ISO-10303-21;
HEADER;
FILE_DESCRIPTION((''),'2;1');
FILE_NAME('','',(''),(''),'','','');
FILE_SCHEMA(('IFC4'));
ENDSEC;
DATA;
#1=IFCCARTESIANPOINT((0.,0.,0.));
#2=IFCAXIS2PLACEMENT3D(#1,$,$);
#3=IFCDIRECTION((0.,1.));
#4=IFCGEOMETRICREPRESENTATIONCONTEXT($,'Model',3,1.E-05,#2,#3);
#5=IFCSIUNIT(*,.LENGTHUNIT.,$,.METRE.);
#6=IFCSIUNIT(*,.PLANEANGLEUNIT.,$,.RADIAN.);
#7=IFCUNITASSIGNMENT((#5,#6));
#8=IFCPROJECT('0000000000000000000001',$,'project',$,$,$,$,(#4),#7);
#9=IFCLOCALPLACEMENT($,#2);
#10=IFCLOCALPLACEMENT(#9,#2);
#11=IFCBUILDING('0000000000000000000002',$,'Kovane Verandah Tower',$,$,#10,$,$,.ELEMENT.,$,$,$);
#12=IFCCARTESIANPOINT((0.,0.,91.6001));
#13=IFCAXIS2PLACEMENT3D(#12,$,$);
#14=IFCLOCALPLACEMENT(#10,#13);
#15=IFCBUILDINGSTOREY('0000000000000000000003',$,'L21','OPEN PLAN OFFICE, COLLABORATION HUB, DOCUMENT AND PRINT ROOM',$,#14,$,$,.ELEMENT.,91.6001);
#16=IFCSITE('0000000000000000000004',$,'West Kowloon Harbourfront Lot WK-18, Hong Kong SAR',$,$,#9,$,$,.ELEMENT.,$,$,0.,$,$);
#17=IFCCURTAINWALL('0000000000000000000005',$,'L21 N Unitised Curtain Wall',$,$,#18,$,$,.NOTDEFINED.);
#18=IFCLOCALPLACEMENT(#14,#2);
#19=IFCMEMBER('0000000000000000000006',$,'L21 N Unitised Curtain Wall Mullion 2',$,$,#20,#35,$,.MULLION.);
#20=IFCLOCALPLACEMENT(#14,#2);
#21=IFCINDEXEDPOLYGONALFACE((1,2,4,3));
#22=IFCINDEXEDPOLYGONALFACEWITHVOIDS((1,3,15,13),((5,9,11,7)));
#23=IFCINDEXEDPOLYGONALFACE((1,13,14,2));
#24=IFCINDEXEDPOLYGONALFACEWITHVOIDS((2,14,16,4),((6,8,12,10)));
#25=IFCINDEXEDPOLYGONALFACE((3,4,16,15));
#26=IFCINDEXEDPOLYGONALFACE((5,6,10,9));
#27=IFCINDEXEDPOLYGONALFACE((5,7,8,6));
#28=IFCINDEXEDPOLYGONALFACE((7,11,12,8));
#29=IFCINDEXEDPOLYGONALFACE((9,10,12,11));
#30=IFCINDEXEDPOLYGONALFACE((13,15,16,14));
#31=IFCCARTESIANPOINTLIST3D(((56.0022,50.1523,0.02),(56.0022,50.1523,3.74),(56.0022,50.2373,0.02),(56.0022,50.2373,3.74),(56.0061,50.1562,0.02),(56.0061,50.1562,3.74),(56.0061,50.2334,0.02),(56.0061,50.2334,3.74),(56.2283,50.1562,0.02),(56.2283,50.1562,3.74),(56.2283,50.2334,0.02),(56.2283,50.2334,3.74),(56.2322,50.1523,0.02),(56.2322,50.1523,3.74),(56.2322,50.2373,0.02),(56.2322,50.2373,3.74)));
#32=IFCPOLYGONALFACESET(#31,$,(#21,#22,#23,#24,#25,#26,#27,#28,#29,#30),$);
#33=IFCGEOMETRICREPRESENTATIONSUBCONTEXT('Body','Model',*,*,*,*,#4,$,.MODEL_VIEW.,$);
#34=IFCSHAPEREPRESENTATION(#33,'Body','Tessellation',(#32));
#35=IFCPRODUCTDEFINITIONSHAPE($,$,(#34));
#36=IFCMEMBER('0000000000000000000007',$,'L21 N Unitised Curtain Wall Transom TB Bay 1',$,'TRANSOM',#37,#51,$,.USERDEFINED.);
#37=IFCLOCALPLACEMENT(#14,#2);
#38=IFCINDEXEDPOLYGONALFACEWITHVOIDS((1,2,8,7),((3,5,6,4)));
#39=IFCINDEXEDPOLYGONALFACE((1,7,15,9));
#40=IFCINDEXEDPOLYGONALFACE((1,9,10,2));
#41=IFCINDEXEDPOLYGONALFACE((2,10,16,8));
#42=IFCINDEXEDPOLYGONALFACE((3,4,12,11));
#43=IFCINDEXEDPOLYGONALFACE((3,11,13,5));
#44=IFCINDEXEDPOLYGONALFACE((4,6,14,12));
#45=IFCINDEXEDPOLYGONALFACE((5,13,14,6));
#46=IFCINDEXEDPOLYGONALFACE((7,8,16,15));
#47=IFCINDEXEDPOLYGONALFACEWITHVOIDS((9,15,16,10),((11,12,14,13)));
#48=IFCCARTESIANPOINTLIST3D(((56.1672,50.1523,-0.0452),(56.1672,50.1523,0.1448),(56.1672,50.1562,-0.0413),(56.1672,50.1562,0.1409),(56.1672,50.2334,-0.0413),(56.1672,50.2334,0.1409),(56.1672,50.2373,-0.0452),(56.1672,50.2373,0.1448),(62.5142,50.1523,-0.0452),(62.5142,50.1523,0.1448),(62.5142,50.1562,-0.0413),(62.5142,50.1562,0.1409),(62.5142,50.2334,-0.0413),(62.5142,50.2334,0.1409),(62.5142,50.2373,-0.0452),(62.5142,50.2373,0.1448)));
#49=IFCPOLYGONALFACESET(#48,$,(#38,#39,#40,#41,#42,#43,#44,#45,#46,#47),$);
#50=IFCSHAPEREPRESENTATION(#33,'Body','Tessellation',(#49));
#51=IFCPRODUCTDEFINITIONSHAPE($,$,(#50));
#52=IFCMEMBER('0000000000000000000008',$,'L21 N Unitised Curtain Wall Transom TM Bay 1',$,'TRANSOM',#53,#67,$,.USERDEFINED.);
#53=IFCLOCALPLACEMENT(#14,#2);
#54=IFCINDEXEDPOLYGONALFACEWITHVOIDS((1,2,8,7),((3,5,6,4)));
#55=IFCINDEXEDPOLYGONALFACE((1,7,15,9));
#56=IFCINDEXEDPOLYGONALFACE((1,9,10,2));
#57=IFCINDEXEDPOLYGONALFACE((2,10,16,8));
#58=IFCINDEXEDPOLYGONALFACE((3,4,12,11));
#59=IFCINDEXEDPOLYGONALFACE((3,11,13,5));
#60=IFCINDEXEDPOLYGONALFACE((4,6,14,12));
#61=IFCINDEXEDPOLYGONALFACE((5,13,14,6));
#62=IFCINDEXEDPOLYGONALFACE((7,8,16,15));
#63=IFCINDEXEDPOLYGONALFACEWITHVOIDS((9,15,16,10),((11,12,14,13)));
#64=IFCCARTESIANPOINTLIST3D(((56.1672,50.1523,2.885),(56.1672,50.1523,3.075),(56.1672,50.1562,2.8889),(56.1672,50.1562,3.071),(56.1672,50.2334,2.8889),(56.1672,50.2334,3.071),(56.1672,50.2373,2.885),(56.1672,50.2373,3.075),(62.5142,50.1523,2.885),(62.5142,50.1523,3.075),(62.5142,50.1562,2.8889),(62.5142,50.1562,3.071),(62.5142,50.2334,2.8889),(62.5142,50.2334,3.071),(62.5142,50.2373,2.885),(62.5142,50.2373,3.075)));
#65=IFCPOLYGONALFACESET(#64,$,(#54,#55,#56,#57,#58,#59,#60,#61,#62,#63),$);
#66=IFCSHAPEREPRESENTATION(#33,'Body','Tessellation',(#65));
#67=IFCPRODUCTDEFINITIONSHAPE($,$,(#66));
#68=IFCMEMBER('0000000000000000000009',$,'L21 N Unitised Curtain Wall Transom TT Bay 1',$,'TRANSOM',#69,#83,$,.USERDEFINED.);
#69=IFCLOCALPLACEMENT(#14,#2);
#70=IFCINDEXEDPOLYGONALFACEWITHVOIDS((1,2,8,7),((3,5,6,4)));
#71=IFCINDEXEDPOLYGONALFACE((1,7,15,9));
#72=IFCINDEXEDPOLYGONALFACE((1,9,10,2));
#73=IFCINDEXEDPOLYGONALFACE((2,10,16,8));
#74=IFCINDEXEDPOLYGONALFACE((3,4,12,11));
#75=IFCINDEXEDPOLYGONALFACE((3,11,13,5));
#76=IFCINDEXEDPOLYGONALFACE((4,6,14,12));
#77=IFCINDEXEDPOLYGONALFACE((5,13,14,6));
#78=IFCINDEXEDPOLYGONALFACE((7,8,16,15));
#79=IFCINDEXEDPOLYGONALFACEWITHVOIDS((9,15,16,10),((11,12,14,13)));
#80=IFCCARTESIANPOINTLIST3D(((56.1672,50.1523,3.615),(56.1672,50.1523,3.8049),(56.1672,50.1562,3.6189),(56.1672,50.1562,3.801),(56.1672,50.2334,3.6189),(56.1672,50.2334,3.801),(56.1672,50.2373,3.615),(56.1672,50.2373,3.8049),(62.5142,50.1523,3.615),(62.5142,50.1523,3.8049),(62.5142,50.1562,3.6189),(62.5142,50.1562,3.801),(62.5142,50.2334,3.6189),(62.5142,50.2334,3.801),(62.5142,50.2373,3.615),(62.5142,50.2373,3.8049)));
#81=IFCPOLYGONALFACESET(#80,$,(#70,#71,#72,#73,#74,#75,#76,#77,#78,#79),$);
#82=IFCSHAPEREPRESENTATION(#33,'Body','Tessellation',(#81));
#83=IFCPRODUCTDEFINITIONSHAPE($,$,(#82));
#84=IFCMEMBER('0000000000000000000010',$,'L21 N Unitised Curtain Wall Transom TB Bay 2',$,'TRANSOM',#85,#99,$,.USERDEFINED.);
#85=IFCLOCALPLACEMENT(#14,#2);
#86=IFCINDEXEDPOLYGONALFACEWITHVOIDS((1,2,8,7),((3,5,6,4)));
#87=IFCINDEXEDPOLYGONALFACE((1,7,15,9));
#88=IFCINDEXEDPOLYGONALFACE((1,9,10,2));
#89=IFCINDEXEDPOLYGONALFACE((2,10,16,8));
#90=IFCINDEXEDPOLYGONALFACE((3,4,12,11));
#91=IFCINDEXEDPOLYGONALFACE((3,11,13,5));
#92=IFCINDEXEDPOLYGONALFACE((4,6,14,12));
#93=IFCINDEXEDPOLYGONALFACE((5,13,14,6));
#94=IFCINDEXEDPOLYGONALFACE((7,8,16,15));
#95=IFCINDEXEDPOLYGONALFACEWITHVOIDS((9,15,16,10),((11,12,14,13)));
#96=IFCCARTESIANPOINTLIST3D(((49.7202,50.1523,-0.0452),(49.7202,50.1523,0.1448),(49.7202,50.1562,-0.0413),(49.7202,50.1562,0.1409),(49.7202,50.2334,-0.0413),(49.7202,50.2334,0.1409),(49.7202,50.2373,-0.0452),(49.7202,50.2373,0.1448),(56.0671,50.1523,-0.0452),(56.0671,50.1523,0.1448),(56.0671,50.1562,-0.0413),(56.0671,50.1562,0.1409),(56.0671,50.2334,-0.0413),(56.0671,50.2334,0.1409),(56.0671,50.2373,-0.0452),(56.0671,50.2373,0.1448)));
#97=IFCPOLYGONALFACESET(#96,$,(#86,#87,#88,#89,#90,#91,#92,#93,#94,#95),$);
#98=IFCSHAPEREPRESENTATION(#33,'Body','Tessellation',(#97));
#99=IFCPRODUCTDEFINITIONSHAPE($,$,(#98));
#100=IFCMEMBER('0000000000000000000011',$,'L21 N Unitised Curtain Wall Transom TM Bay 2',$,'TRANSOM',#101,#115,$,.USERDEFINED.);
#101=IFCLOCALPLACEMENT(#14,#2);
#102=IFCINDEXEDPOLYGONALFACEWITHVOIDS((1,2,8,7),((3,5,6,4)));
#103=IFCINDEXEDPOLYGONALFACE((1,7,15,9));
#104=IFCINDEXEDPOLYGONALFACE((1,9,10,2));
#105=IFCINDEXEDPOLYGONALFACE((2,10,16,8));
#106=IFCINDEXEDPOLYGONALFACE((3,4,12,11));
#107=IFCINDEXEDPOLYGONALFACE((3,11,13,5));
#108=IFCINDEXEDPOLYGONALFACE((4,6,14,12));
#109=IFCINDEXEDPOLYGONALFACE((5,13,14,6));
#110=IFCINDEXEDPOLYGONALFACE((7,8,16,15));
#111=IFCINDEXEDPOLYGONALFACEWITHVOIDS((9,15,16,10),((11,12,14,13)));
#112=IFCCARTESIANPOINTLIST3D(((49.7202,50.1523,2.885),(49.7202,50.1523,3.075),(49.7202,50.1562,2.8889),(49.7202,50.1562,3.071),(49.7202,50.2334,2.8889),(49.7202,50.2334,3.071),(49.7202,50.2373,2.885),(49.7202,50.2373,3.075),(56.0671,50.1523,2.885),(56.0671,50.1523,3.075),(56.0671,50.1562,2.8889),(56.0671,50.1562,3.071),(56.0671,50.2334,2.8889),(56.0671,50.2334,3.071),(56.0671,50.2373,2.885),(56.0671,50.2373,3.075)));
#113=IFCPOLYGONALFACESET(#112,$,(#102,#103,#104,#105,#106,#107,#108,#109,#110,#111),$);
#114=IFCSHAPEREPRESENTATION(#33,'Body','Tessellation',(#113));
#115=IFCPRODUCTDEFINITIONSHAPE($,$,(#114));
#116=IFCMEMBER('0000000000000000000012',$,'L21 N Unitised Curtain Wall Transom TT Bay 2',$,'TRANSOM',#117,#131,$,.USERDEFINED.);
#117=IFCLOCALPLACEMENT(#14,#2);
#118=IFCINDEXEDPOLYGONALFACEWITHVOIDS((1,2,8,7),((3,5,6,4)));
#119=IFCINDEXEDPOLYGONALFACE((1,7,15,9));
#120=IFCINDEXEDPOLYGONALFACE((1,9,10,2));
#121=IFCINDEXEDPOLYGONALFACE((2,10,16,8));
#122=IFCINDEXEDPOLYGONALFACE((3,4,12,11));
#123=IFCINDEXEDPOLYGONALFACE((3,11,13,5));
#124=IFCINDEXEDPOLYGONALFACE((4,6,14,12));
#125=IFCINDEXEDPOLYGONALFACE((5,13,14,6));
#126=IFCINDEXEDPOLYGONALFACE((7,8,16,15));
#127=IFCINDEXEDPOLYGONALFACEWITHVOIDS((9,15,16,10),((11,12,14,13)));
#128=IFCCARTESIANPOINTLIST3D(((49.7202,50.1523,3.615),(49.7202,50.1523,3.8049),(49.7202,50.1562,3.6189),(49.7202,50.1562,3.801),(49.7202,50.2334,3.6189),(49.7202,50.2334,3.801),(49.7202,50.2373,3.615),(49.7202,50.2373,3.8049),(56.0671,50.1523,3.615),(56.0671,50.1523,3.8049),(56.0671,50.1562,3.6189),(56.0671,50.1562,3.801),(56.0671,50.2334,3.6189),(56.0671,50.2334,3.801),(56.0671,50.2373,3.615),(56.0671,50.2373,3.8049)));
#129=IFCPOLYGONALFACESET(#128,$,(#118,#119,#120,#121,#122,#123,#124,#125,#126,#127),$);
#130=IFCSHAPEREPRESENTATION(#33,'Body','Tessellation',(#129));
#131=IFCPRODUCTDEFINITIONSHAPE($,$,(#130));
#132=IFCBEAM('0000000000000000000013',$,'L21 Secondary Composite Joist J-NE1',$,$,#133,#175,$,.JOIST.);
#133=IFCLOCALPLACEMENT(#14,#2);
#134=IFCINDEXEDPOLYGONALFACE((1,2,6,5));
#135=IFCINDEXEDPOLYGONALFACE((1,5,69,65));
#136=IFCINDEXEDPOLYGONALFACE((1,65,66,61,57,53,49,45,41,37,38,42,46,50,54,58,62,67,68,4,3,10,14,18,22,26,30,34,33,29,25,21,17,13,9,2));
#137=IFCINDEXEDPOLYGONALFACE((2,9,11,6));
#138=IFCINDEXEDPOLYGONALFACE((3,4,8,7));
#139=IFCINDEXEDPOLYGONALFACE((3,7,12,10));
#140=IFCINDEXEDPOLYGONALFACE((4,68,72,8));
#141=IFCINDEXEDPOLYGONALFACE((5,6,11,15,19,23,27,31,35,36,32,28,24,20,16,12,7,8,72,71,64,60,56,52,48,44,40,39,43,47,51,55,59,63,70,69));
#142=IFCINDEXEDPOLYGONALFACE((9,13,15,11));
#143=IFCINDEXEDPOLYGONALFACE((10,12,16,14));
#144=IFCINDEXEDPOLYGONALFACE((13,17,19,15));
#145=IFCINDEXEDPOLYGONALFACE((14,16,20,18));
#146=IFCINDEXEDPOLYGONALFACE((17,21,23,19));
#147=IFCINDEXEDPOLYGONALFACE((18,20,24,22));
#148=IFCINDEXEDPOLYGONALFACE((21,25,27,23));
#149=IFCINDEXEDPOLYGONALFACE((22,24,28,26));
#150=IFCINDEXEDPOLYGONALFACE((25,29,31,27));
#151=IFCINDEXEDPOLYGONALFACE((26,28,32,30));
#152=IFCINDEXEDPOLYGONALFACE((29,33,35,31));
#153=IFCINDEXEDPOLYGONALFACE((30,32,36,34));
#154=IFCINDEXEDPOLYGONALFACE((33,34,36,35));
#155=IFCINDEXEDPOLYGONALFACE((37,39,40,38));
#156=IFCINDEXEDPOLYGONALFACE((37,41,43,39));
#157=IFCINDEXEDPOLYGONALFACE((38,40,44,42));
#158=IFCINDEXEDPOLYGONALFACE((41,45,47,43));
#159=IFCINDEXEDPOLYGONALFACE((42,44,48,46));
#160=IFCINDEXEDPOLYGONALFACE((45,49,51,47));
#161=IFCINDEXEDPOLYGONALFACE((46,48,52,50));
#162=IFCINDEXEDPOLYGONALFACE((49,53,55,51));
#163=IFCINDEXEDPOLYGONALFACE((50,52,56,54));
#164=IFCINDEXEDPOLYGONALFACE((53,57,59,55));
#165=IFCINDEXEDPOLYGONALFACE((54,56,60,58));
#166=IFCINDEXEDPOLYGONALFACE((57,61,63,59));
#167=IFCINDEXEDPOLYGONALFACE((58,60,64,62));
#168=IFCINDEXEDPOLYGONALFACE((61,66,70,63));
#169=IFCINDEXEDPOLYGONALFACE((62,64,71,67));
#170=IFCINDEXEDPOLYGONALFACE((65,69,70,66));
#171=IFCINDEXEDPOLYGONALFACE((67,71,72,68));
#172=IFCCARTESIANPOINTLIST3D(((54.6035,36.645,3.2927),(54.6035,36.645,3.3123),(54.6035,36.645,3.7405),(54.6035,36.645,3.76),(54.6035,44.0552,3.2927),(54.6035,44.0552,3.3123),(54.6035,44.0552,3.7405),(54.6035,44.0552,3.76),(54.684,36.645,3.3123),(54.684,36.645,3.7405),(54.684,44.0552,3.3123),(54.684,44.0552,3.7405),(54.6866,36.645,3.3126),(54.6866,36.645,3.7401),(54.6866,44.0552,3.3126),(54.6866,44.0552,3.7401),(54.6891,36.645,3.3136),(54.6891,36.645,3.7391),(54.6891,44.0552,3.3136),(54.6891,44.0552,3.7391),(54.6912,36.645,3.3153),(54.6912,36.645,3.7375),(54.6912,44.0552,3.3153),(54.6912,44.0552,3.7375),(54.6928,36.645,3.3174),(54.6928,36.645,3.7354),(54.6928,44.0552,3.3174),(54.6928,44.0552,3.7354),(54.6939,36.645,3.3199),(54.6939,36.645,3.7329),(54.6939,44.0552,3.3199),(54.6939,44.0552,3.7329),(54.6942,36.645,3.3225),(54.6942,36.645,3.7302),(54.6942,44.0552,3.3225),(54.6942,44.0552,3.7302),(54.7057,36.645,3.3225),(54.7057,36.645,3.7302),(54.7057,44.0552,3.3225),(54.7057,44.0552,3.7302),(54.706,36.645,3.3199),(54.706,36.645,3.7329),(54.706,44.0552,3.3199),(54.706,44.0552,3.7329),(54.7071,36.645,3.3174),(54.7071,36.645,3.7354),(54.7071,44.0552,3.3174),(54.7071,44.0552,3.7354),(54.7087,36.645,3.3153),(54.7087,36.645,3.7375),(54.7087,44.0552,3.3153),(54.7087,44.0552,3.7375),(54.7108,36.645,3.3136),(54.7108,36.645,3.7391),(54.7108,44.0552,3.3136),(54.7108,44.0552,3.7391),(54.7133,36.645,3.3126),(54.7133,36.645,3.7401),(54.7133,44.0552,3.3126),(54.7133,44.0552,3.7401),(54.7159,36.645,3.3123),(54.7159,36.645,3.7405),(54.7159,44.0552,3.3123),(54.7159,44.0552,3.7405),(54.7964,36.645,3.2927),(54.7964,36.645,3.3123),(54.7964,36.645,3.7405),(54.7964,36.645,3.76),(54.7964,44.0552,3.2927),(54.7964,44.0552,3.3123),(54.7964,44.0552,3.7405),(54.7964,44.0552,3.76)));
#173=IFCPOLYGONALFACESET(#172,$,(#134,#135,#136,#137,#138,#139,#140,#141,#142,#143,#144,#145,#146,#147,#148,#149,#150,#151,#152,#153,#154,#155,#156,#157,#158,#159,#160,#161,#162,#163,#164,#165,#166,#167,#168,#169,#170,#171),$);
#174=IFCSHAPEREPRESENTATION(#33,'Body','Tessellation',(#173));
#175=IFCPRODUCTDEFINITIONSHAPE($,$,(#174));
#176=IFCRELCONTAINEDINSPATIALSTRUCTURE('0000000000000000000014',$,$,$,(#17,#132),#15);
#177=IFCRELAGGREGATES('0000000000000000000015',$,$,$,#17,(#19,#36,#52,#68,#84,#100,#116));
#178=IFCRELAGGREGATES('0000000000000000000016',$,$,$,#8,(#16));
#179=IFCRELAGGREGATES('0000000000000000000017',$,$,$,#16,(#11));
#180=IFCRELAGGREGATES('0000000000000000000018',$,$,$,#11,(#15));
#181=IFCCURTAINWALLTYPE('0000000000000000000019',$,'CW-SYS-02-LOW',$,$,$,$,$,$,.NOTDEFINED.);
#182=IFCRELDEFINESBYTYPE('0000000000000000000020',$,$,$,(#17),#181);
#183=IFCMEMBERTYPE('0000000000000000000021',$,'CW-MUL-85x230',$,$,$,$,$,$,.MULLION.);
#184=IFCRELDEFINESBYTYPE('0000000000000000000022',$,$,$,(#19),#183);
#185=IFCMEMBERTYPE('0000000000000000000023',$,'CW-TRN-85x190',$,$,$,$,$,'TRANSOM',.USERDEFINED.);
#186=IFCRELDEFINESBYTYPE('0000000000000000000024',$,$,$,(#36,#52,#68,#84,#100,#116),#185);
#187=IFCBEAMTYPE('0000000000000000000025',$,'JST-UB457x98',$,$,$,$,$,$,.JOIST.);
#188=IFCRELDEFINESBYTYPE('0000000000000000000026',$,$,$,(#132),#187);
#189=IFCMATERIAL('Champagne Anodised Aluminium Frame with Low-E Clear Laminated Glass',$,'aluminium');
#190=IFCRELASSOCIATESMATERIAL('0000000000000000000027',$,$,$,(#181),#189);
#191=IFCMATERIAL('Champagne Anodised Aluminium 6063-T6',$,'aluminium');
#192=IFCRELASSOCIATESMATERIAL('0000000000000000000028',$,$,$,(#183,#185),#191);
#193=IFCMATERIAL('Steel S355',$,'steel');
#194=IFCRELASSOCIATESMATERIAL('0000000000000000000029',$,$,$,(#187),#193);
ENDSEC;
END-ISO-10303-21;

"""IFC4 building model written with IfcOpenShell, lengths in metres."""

from ifc_helpers import new_model, si_unit, direction, frame, origin, origin_2d, place, context, subcontext, project, spatial, hollow_rectangle, i_section, extrude, material, material_profile, profile_set, type_object, element, aggregate, save


model = new_model("IFC4")

# Units and contexts
model_context = context("Model", 3, precision=1e-05, world=origin(), true_north=direction((0.0, 1.0)))
body_context = subcontext(model_context, "Body", "Model", "MODEL_VIEW")
ifc_project = project(units=[si_unit("LENGTHUNIT", "METRE"), si_unit("PLANEANGLEUNIT", "RADIAN")], contexts=[model_context])

# Site, building, storey
site_placement = place(None, origin())
site = spatial("IfcSite", under=ifc_project, at=site_placement, Name="West Kowloon Harbourfront Lot WK-18, Hong Kong SAR", CompositionType="ELEMENT", RefElevation=0.0)
building_placement = place(site_placement, origin())
building = spatial("IfcBuilding", under=site, at=building_placement, Name="Kovane Verandah Tower", CompositionType="ELEMENT")
storey_placement = place(building_placement, frame((0.0, 0.0, 91.6001)))
storey = spatial("IfcBuildingStorey", under=building, at=storey_placement, Name="L21", Description="OPEN PLAN OFFICE, COLLABORATION HUB, DOCUMENT AND PRINT ROOM", CompositionType="ELEMENT", Elevation=91.6001)

# Shared definitions
ifc_material_1 = material(Name="Steel S355", Category="steel")

# Curtain wall, members
ifc_material_2 = material(Name="Champagne Anodised Aluminium Frame with Low-E Clear Laminated Glass", Category="aluminium")
curtain_wall_type = type_object("IfcCurtainWallType", Name="CW-SYS-02-LOW", PredefinedType="NOTDEFINED", material=ifc_material_2)
curtain_wall_placement = place(storey_placement, origin())
curtain_wall = element("IfcCurtainWall", 1, at=curtain_wall_placement, inside=storey, type_object=curtain_wall_type, Name="L21 N Unitised Curtain Wall", PredefinedType="NOTDEFINED")
ifc_material_3 = material(Name="Champagne Anodised Aluminium 6063-T6", Category="aluminium")
ifc_material_profile_1 = material_profile(ifc_material_3, hollow_rectangle(XDim=0.085, YDim=0.23, WallThickness=0.0039, at=origin_2d()), Name="AL85x230x4")
ifc_profile_set_1 = profile_set([ifc_material_profile_1], Name="Champagne Anodised Aluminium 6063-T6")
member_type_1 = type_object("IfcMemberType", Name="CW-MUL-85x230", PredefinedType="MULLION", material=ifc_profile_set_1)
member_1_placement = place(storey_placement, frame((56.1172, 50.1948, 0.02), z_axis=(0.0, 0.0, 1.0), x_axis=(0.0, 1.0, 0.0)))
member_1 = element("IfcMember", 2, at=member_1_placement, type_object=member_type_1, Name="L21 N Unitised Curtain Wall Mullion 2", PredefinedType="MULLION", context=body_context, shape_type="SweptSolid", body=[
    extrude(hollow_rectangle(XDim=0.085, YDim=0.23, WallThickness=0.0039, at=origin_2d()), origin(), (0.0, 0.0, 1.0), 3.72),
])
ifc_material_profile_2 = material_profile(ifc_material_3, hollow_rectangle(XDim=0.085, YDim=0.1899, WallThickness=0.0039, at=origin_2d()), Name="AL85x190x4")
ifc_profile_set_2 = profile_set([ifc_material_profile_2], Name="Champagne Anodised Aluminium 6063-T6")
member_type_2 = type_object("IfcMemberType", Name="CW-TRN-85x190", ElementType="TRANSOM", PredefinedType="USERDEFINED", material=ifc_profile_set_2)
member_2_placement = place(storey_placement, frame((62.5142, 50.1948, 0.0498), z_axis=(-1.0, 0.0, 0.0), x_axis=(0.0, -1.0, 0.0)))
member_2 = element("IfcMember", 3, at=member_2_placement, type_object=member_type_2, Name="L21 N Unitised Curtain Wall Transom TB Bay 1", ObjectType="TRANSOM", PredefinedType="USERDEFINED", context=body_context, shape_type="SweptSolid", body=[
    extrude(hollow_rectangle(XDim=0.085, YDim=0.1899, WallThickness=0.0039, at=origin_2d()), origin(), (0.0, 0.0, 1.0), 6.3469),
])
member_3_placement = place(storey_placement, frame((62.5142, 50.1948, 2.98), z_axis=(-1.0, 0.0, 0.0), x_axis=(0.0, -1.0, 0.0)))
member_3 = element("IfcMember", 4, at=member_3_placement, type_object=member_type_2, Name="L21 N Unitised Curtain Wall Transom TM Bay 1", ObjectType="TRANSOM", PredefinedType="USERDEFINED", context=body_context, shape_type="SweptSolid", body=[
    extrude(hollow_rectangle(XDim=0.085, YDim=0.1899, WallThickness=0.0039, at=origin_2d()), origin(), (0.0, 0.0, 1.0), 6.3469),
])
member_4_placement = place(storey_placement, frame((62.5142, 50.1948, 3.71), z_axis=(-1.0, 0.0, 0.0), x_axis=(0.0, -1.0, 0.0)))
member_4 = element("IfcMember", 5, at=member_4_placement, type_object=member_type_2, Name="L21 N Unitised Curtain Wall Transom TT Bay 1", ObjectType="TRANSOM", PredefinedType="USERDEFINED", context=body_context, shape_type="SweptSolid", body=[
    extrude(hollow_rectangle(XDim=0.085, YDim=0.1899, WallThickness=0.0039, at=origin_2d()), origin(), (0.0, 0.0, 1.0), 6.3469),
])
member_5_placement = place(storey_placement, frame((56.0671, 50.1948, 0.0498), z_axis=(-1.0, 0.0, 0.0), x_axis=(0.0, -1.0, 0.0)))
member_5 = element("IfcMember", 6, at=member_5_placement, type_object=member_type_2, Name="L21 N Unitised Curtain Wall Transom TB Bay 2", ObjectType="TRANSOM", PredefinedType="USERDEFINED", context=body_context, shape_type="SweptSolid", body=[
    extrude(hollow_rectangle(XDim=0.085, YDim=0.1899, WallThickness=0.0039, at=origin_2d()), origin(), (0.0, 0.0, 1.0), 6.3469),
])
member_6_placement = place(storey_placement, frame((56.0671, 50.1948, 2.98), z_axis=(-1.0, 0.0, 0.0), x_axis=(0.0, -1.0, 0.0)))
member_6 = element("IfcMember", 7, at=member_6_placement, type_object=member_type_2, Name="L21 N Unitised Curtain Wall Transom TM Bay 2", ObjectType="TRANSOM", PredefinedType="USERDEFINED", context=body_context, shape_type="SweptSolid", body=[
    extrude(hollow_rectangle(XDim=0.085, YDim=0.1899, WallThickness=0.0039, at=origin_2d()), origin(), (0.0, 0.0, 1.0), 6.3469),
])
member_7_placement = place(storey_placement, frame((56.0671, 50.1948, 3.71), z_axis=(-1.0, 0.0, 0.0), x_axis=(0.0, -1.0, 0.0)))
member_7 = element("IfcMember", 8, at=member_7_placement, type_object=member_type_2, Name="L21 N Unitised Curtain Wall Transom TT Bay 2", ObjectType="TRANSOM", PredefinedType="USERDEFINED", context=body_context, shape_type="SweptSolid", body=[
    extrude(hollow_rectangle(XDim=0.085, YDim=0.1899, WallThickness=0.0039, at=origin_2d()), origin(), (0.0, 0.0, 1.0), 6.3469),
])

# Beam
ifc_material_profile_3 = material_profile(ifc_material_1, i_section(OverallWidth=0.1929, OverallDepth=0.4673, WebThickness=0.0115, FlangeThickness=0.0195, FilletRadius=0.0103, at=origin_2d()), Name="UB457x191x98")
ifc_profile_set_3 = profile_set([ifc_material_profile_3], Name="Steel S355")
beam_type_1 = type_object("IfcBeamType", Name="JST-UB457x98", PredefinedType="JOIST", material=ifc_profile_set_3)
beam_1_placement = place(storey_placement, frame((54.7, 36.645, 3.5264), z_axis=(0.0, 1.0, 0.0), x_axis=(-1.0, 0.0, 0.0)))
element("IfcBeam", 9, at=beam_1_placement, inside=storey, type_object=beam_type_1, Name="L21 Secondary Composite Joist J-NE1", PredefinedType="JOIST", context=body_context, shape_type="SweptSolid", body=[
    extrude(i_section(OverallWidth=0.1929, OverallDepth=0.4673, WebThickness=0.0115, FlangeThickness=0.0195, FilletRadius=0.0103, at=origin_2d()), origin(), (0.0, 0.0, 1.0), 7.4102),
])

aggregate(curtain_wall, [member_1, member_2, member_3, member_4, member_5, member_6, member_7])

save(model, "model.ifc")
